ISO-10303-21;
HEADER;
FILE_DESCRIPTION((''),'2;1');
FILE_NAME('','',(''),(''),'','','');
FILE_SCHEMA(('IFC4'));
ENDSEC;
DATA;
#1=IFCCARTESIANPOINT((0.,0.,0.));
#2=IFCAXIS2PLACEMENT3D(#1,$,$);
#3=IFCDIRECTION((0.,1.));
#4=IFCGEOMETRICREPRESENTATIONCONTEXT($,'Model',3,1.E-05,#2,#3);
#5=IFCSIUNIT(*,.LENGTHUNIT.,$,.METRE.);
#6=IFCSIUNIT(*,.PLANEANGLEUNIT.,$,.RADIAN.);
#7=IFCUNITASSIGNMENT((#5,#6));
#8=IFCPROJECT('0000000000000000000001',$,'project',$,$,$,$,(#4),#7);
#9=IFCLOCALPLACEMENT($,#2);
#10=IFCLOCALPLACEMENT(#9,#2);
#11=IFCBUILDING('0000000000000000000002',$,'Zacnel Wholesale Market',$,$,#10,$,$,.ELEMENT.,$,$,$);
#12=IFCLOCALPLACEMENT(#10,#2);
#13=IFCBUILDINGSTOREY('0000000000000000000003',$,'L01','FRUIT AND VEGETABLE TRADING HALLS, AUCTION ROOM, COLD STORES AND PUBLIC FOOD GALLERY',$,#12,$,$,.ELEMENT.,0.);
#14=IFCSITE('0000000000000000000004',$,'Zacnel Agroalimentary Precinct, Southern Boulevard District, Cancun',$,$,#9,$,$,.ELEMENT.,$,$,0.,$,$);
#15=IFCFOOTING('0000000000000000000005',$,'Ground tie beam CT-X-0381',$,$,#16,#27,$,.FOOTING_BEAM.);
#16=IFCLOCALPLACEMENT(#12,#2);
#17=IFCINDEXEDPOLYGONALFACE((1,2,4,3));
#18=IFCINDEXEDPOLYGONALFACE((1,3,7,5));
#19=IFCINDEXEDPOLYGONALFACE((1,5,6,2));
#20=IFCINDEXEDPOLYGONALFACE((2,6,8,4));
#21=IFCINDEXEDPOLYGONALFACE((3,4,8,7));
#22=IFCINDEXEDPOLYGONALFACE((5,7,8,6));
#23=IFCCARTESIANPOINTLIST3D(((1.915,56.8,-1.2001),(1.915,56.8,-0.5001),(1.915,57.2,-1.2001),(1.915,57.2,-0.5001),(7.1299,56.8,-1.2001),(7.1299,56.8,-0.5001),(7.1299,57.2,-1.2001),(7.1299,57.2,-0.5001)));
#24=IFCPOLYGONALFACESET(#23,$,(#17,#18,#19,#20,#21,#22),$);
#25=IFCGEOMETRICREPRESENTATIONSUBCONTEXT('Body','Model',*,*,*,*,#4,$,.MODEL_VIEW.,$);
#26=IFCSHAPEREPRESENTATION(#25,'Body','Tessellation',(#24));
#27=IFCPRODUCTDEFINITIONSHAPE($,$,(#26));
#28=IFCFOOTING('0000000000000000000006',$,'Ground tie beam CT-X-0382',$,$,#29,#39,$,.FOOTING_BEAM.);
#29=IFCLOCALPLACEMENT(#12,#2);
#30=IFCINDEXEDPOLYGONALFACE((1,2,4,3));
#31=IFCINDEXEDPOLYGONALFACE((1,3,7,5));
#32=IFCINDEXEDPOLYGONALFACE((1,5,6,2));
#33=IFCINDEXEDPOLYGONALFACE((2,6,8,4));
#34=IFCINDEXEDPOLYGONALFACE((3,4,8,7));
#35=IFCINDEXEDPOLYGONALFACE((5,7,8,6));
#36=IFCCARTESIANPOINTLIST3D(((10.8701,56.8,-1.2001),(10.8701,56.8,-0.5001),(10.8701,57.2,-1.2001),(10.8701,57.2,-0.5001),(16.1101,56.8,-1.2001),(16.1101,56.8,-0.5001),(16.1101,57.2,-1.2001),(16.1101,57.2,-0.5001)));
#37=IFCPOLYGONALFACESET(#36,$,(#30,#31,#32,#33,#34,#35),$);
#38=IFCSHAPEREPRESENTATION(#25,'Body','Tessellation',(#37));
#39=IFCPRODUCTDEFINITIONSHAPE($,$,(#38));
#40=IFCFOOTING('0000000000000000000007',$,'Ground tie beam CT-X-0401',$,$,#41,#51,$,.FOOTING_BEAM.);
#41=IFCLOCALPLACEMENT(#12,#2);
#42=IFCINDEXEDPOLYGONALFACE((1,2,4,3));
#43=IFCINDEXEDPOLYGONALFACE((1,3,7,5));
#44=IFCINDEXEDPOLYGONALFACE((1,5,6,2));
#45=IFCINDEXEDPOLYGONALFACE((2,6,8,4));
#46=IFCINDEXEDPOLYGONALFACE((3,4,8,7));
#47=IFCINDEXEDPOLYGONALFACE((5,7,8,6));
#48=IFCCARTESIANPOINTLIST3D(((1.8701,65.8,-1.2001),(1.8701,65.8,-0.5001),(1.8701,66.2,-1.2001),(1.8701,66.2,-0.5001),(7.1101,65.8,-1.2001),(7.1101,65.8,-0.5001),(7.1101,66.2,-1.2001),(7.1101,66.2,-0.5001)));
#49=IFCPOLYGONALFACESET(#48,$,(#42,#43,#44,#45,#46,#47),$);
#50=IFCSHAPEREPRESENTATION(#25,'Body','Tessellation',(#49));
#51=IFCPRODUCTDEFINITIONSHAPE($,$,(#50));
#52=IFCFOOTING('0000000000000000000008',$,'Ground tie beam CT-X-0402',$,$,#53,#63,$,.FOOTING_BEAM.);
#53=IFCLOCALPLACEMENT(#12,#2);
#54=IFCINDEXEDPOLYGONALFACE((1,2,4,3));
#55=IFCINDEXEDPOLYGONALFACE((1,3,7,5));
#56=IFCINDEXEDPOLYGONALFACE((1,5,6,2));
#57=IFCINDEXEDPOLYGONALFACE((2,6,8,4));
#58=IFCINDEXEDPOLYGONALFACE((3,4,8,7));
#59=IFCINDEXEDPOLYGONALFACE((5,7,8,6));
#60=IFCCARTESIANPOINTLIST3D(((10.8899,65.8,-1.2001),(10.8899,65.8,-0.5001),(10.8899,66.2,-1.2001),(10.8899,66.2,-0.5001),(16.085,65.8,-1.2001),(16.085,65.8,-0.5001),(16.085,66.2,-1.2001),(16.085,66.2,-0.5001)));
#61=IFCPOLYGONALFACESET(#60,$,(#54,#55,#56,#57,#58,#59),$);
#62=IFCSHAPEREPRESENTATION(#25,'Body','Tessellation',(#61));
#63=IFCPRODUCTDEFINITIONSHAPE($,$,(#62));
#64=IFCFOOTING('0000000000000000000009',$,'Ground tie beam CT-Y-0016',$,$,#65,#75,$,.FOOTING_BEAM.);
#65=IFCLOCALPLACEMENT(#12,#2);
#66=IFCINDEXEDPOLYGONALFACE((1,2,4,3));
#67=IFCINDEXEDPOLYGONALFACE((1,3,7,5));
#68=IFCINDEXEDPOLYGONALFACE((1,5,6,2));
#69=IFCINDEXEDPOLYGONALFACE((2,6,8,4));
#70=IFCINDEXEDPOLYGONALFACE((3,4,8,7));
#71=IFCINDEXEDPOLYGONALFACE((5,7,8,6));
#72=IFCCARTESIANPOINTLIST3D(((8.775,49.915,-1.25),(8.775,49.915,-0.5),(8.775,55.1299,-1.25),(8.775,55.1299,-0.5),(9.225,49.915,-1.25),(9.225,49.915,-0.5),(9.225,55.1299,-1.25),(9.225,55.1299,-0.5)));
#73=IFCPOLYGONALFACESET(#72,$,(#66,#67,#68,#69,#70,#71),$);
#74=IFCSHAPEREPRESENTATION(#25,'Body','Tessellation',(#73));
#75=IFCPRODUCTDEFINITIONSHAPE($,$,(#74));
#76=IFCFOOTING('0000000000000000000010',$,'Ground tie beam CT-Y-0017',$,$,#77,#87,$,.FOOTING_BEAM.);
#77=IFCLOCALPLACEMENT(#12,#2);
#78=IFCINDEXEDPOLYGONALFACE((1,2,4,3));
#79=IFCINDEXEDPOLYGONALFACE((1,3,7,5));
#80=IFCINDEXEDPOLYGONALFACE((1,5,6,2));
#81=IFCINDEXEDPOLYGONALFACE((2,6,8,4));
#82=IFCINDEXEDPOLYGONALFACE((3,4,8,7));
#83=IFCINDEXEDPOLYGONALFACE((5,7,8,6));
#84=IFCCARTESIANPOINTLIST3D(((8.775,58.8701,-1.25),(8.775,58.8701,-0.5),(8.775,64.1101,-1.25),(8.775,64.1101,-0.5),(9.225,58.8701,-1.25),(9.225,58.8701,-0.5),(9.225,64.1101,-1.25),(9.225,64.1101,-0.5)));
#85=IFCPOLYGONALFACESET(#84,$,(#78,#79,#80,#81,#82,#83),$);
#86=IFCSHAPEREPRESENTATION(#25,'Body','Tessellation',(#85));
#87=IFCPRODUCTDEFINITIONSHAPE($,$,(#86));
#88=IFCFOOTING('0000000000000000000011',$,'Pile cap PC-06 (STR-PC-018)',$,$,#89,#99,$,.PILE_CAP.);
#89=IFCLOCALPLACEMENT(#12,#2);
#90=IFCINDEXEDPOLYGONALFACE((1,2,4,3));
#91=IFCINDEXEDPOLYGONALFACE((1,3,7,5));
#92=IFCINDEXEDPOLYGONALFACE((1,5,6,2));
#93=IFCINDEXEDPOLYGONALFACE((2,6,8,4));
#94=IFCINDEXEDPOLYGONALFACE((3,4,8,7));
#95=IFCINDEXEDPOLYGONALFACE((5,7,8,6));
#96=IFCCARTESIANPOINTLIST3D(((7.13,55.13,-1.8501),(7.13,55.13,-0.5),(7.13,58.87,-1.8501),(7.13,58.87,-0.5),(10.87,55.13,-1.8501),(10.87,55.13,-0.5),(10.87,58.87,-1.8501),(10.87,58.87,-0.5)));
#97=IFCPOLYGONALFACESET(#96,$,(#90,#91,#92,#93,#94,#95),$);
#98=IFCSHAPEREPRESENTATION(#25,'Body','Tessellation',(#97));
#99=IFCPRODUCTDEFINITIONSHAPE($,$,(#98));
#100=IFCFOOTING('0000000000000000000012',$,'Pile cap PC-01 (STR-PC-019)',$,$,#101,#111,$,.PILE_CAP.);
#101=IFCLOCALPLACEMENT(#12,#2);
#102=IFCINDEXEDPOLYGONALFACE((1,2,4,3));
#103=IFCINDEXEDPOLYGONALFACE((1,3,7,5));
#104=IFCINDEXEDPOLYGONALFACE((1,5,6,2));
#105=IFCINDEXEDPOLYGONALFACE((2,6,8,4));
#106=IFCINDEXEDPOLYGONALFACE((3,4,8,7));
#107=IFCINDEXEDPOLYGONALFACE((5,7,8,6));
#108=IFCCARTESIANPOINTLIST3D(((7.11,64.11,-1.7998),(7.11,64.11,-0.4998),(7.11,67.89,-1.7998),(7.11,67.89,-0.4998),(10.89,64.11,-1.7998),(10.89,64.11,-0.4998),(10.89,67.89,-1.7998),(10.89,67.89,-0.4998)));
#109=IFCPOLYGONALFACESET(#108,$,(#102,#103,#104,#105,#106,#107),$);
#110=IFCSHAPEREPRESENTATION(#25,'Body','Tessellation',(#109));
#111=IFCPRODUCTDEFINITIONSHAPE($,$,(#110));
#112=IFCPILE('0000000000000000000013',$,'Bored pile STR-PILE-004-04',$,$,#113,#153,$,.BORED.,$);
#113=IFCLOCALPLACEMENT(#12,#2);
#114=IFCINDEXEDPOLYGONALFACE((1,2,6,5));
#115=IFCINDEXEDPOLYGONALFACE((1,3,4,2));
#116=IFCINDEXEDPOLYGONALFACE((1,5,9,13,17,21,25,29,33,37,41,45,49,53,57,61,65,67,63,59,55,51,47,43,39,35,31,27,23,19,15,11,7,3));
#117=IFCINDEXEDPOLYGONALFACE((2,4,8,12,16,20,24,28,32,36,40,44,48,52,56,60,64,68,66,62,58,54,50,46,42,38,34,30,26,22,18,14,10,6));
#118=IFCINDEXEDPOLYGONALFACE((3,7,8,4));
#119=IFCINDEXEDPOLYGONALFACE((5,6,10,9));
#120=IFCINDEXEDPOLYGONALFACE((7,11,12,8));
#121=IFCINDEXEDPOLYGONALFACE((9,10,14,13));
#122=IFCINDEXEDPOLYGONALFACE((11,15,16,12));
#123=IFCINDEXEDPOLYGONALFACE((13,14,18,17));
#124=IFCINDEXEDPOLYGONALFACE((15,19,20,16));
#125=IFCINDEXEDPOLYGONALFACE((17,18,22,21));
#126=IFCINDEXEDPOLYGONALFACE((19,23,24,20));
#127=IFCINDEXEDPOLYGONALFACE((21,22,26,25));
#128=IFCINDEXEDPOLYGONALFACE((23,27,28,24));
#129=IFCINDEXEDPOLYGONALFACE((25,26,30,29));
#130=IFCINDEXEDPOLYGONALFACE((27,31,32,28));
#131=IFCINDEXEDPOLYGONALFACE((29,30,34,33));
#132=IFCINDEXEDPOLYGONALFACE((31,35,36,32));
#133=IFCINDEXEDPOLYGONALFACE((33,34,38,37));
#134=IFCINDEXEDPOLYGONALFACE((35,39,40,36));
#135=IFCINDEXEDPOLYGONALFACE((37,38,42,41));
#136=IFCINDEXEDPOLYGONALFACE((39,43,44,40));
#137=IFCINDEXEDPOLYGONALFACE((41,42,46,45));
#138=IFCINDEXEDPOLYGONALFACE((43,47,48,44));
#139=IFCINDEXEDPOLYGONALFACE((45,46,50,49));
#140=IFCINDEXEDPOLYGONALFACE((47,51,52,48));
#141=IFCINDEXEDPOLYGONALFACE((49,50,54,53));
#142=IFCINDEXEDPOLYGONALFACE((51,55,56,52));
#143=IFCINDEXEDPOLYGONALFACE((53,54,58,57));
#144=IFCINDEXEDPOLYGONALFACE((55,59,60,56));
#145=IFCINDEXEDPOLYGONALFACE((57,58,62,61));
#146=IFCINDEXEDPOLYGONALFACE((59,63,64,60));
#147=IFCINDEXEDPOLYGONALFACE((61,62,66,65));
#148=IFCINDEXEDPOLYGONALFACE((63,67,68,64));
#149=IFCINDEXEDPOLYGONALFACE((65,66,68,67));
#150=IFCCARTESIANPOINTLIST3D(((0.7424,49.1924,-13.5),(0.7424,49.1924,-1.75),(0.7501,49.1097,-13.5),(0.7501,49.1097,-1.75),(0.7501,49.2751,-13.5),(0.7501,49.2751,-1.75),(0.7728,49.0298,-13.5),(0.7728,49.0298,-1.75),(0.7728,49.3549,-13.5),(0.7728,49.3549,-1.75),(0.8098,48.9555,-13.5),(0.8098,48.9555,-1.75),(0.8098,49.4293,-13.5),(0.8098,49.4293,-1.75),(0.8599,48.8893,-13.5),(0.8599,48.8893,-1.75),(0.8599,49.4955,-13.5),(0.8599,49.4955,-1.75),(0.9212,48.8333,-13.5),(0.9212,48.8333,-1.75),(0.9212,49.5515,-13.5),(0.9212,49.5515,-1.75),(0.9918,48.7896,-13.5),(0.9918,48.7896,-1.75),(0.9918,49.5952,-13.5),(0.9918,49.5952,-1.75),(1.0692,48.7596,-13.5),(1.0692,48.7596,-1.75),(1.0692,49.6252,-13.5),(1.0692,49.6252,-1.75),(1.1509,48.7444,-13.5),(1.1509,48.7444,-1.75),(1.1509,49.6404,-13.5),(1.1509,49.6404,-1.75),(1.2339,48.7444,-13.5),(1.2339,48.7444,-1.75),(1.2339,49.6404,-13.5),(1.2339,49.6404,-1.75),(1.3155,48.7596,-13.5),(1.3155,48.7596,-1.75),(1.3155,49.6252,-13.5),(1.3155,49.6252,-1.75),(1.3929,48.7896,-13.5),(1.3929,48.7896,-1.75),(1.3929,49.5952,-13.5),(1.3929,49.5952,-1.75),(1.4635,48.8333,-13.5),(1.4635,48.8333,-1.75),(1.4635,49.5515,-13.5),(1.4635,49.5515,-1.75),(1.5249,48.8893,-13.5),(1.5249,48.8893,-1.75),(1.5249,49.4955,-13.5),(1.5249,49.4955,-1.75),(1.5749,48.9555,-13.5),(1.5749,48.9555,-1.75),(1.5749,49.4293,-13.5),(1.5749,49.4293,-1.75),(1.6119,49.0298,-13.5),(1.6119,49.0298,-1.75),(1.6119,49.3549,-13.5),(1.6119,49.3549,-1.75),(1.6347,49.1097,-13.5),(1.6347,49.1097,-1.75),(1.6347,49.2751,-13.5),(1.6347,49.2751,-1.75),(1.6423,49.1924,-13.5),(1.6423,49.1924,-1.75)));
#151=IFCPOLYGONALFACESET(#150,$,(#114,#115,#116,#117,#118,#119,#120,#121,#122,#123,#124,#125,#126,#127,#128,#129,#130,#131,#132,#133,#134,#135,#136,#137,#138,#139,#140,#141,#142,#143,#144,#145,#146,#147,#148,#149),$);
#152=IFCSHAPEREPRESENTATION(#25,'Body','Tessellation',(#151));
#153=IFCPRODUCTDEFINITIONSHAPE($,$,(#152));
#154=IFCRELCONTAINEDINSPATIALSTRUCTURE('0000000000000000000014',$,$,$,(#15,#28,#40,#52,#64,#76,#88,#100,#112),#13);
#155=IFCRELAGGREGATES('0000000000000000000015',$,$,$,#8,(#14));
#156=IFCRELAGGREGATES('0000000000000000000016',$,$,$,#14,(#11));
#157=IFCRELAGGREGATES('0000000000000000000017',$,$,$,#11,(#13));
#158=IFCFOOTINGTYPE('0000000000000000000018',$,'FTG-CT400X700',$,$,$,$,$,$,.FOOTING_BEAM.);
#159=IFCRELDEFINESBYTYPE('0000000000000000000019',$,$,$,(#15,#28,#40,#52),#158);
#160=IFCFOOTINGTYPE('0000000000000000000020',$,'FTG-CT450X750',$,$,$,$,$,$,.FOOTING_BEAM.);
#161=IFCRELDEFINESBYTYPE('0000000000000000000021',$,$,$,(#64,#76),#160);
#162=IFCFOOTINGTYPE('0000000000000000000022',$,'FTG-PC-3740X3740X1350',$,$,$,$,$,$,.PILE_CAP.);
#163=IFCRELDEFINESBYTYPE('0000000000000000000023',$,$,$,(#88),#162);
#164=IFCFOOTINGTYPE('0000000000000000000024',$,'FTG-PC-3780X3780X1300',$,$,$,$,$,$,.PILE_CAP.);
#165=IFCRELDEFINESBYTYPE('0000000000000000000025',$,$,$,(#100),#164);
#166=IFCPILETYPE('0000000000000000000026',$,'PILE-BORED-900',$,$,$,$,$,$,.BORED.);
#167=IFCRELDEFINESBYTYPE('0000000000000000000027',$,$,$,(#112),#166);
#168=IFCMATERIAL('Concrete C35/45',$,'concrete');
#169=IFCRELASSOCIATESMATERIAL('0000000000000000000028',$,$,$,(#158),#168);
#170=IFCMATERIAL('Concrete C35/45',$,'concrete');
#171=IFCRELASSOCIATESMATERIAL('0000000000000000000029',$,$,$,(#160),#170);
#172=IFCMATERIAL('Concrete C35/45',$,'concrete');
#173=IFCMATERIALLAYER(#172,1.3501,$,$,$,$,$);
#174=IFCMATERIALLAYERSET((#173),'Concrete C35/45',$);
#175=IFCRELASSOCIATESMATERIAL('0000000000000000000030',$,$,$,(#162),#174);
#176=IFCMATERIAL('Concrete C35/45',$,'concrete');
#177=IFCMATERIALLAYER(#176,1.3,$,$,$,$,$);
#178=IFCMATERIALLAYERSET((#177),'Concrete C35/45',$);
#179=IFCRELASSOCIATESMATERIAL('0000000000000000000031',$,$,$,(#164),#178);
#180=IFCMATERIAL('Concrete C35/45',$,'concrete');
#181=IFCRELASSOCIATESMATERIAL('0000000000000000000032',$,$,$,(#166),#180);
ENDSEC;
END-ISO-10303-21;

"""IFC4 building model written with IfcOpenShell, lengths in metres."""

from ifc_helpers import new_model, si_unit, direction, frame, origin, origin_2d, place, context, subcontext, project, spatial, rectangle, circle, extrude, material, layer, layer_set, material_profile, profile_set, type_object, element, save


model = new_model("IFC4")

# Units and contexts
model_context = context("Model", 3, precision=1e-05, world=origin(), true_north=direction((0.0, 1.0)))
body_context = subcontext(model_context, "Body", "Model", "MODEL_VIEW")
ifc_project = project(units=[si_unit("LENGTHUNIT", "METRE"), si_unit("PLANEANGLEUNIT", "RADIAN")], contexts=[model_context])

# Site, building, storey
site_placement = place(None, origin())
site = spatial("IfcSite", under=ifc_project, at=site_placement, Name="Zacnel Agroalimentary Precinct, Southern Boulevard District, Cancun", CompositionType="ELEMENT", RefElevation=0.0)
building_placement = place(site_placement, origin())
building = spatial("IfcBuilding", under=site, at=building_placement, Name="Zacnel Wholesale Market", CompositionType="ELEMENT")
storey_placement = place(building_placement, origin())
storey = spatial("IfcBuildingStorey", under=building, at=storey_placement, Name="L01", Description="FRUIT AND VEGETABLE TRADING HALLS, AUCTION ROOM, COLD STORES AND PUBLIC FOOD GALLERY", CompositionType="ELEMENT", Elevation=0.0)

# Footings
ifc_material_1 = material(Name="Concrete C35/45", Category="concrete")
ifc_material_profile_1 = material_profile(ifc_material_1, rectangle(XDim=0.3999, YDim=0.7, at=origin_2d()), Name="CT 400x700")
ifc_profile_set_1 = profile_set([ifc_material_profile_1], Name="Concrete C35/45")
footing_type_1 = type_object("IfcFootingType", Name="FTG-CT400X700", PredefinedType="FOOTING_BEAM", material=ifc_profile_set_1)
footing_1_placement = place(storey_placement, frame((1.915, 57.0, -0.8501), z_axis=(1.0, 0.0, 0.0), x_axis=(0.0, 1.0, 0.0)))
element("IfcFooting", 1, at=footing_1_placement, inside=storey, type_object=footing_type_1, Name="Ground tie beam CT-X-0381", PredefinedType="FOOTING_BEAM", context=body_context, shape_type="SweptSolid", body=[
    extrude(rectangle(XDim=0.3999, YDim=0.7, at=origin_2d()), origin(), (0.0, 0.0, 1.0), 5.2148),
])
for number, where, z_axis, x_axis, name in (
    (2, (10.8701, 57.0, -0.8501), (1.0, 0.0, 0.0), (0.0, 1.0, 0.0), "Ground tie beam CT-X-0382"),
    (3, (1.8701, 66.0, -0.8501), (1.0, 0.0, 0.0), (0.0, 1.0, 0.0), "Ground tie beam CT-X-0401"),
):
    element("IfcFooting", number, at=place(storey_placement, frame(where, z_axis=z_axis, x_axis=x_axis)), inside=storey, type_object=footing_type_1, Name=name, PredefinedType="FOOTING_BEAM", context=body_context, shape_type="SweptSolid", body=[
        extrude(rectangle(XDim=0.3999, YDim=0.7, at=origin_2d()), origin(), (0.0, 0.0, 1.0), 5.24),
    ])
footing_2_placement = place(storey_placement, frame((10.8899, 66.0, -0.8501), z_axis=(1.0, 0.0, 0.0), x_axis=(0.0, 1.0, 0.0)))
element("IfcFooting", 4, at=footing_2_placement, inside=storey, type_object=footing_type_1, Name="Ground tie beam CT-X-0402", PredefinedType="FOOTING_BEAM", context=body_context, shape_type="SweptSolid", body=[
    extrude(rectangle(XDim=0.3999, YDim=0.7, at=origin_2d()), origin(), (0.0, 0.0, 1.0), 5.1951),
])
ifc_material_2 = material(Name="Concrete C35/45", Category="concrete")
ifc_material_profile_2 = material_profile(ifc_material_2, rectangle(XDim=0.45, YDim=0.75, at=origin_2d()), Name="CT 450x750")
ifc_profile_set_2 = profile_set([ifc_material_profile_2], Name="Concrete C35/45")
footing_type_2 = type_object("IfcFootingType", Name="FTG-CT450X750", PredefinedType="FOOTING_BEAM", material=ifc_profile_set_2)
footing_3_placement = place(storey_placement, frame((9.0, 49.915, -0.875), z_axis=(0.0, 1.0, 0.0), x_axis=(-1.0, 0.0, 0.0)))
element("IfcFooting", 5, at=footing_3_placement, inside=storey, type_object=footing_type_2, Name="Ground tie beam CT-Y-0016", PredefinedType="FOOTING_BEAM", context=body_context, shape_type="SweptSolid", body=[
    extrude(rectangle(XDim=0.45, YDim=0.75, at=origin_2d()), origin(), (0.0, 0.0, 1.0), 5.2148),
])
footing_4_placement = place(storey_placement, frame((9.0, 58.8701, -0.875), z_axis=(0.0, 1.0, 0.0), x_axis=(-1.0, 0.0, 0.0)))
element("IfcFooting", 6, at=footing_4_placement, inside=storey, type_object=footing_type_2, Name="Ground tie beam CT-Y-0017", PredefinedType="FOOTING_BEAM", context=body_context, shape_type="SweptSolid", body=[
    extrude(rectangle(XDim=0.45, YDim=0.75, at=origin_2d()), origin(), (0.0, 0.0, 1.0), 5.24),
])
ifc_material_3 = material(Name="Concrete C35/45", Category="concrete")
ifc_layer_1 = layer(ifc_material_3, 1.3501)
ifc_layer_set_1 = layer_set([ifc_layer_1], Name="Concrete C35/45")
footing_type_3 = type_object("IfcFootingType", Name="FTG-PC-3740X3740X1350", PredefinedType="PILE_CAP", material=ifc_layer_set_1)
footing_5_placement = place(storey_placement, frame((9.0, 57.0, -1.8501), z_axis=(0.0, 0.0, 1.0), x_axis=(1.0, 0.0, 0.0)))
element("IfcFooting", 7, at=footing_5_placement, inside=storey, type_object=footing_type_3, Name="Pile cap PC-06 (STR-PC-018)", PredefinedType="PILE_CAP", context=body_context, shape_type="SweptSolid", body=[
    extrude(rectangle(XDim=3.74, YDim=3.74, at=origin_2d()), origin(), (0.0, 0.0, 1.0), 1.3501),
])
ifc_material_4 = material(Name="Concrete C35/45", Category="concrete")
ifc_layer_2 = layer(ifc_material_4, 1.3)
ifc_layer_set_2 = layer_set([ifc_layer_2], Name="Concrete C35/45")
footing_type_4 = type_object("IfcFootingType", Name="FTG-PC-3780X3780X1300", PredefinedType="PILE_CAP", material=ifc_layer_set_2)
footing_6_placement = place(storey_placement, frame((9.0, 66.0, -1.7998), z_axis=(0.0, 0.0, 1.0), x_axis=(1.0, 0.0, 0.0)))
element("IfcFooting", 8, at=footing_6_placement, inside=storey, type_object=footing_type_4, Name="Pile cap PC-01 (STR-PC-019)", PredefinedType="PILE_CAP", context=body_context, shape_type="SweptSolid", body=[
    extrude(rectangle(XDim=3.78, YDim=3.78, at=origin_2d()), origin(), (0.0, 0.0, 1.0), 1.3),
])

# Pile
ifc_material_5 = material(Name="Concrete C35/45", Category="concrete")
ifc_material_profile_3 = material_profile(ifc_material_5, circle(Radius=0.45, at=origin_2d()), Name="BORED PILE D900")
ifc_profile_set_3 = profile_set([ifc_material_profile_3], Name="Concrete C35/45")
pile_type = type_object("IfcPileType", Name="PILE-BORED-900", PredefinedType="BORED", material=ifc_profile_set_3)
pile_1_placement = place(storey_placement, frame((1.1924, 49.1924, -1.75), z_axis=(0.0, 0.0, -1.0), x_axis=(1.0, 0.0, 0.0)))
element("IfcPile", 9, at=pile_1_placement, inside=storey, type_object=pile_type, Name="Bored pile STR-PILE-004-04", PredefinedType="BORED", context=body_context, shape_type="SweptSolid", body=[
    extrude(circle(Radius=0.45, at=origin_2d()), origin(), (0.0, 0.0, 1.0), 11.75),
])

save(model, "model.ifc")
